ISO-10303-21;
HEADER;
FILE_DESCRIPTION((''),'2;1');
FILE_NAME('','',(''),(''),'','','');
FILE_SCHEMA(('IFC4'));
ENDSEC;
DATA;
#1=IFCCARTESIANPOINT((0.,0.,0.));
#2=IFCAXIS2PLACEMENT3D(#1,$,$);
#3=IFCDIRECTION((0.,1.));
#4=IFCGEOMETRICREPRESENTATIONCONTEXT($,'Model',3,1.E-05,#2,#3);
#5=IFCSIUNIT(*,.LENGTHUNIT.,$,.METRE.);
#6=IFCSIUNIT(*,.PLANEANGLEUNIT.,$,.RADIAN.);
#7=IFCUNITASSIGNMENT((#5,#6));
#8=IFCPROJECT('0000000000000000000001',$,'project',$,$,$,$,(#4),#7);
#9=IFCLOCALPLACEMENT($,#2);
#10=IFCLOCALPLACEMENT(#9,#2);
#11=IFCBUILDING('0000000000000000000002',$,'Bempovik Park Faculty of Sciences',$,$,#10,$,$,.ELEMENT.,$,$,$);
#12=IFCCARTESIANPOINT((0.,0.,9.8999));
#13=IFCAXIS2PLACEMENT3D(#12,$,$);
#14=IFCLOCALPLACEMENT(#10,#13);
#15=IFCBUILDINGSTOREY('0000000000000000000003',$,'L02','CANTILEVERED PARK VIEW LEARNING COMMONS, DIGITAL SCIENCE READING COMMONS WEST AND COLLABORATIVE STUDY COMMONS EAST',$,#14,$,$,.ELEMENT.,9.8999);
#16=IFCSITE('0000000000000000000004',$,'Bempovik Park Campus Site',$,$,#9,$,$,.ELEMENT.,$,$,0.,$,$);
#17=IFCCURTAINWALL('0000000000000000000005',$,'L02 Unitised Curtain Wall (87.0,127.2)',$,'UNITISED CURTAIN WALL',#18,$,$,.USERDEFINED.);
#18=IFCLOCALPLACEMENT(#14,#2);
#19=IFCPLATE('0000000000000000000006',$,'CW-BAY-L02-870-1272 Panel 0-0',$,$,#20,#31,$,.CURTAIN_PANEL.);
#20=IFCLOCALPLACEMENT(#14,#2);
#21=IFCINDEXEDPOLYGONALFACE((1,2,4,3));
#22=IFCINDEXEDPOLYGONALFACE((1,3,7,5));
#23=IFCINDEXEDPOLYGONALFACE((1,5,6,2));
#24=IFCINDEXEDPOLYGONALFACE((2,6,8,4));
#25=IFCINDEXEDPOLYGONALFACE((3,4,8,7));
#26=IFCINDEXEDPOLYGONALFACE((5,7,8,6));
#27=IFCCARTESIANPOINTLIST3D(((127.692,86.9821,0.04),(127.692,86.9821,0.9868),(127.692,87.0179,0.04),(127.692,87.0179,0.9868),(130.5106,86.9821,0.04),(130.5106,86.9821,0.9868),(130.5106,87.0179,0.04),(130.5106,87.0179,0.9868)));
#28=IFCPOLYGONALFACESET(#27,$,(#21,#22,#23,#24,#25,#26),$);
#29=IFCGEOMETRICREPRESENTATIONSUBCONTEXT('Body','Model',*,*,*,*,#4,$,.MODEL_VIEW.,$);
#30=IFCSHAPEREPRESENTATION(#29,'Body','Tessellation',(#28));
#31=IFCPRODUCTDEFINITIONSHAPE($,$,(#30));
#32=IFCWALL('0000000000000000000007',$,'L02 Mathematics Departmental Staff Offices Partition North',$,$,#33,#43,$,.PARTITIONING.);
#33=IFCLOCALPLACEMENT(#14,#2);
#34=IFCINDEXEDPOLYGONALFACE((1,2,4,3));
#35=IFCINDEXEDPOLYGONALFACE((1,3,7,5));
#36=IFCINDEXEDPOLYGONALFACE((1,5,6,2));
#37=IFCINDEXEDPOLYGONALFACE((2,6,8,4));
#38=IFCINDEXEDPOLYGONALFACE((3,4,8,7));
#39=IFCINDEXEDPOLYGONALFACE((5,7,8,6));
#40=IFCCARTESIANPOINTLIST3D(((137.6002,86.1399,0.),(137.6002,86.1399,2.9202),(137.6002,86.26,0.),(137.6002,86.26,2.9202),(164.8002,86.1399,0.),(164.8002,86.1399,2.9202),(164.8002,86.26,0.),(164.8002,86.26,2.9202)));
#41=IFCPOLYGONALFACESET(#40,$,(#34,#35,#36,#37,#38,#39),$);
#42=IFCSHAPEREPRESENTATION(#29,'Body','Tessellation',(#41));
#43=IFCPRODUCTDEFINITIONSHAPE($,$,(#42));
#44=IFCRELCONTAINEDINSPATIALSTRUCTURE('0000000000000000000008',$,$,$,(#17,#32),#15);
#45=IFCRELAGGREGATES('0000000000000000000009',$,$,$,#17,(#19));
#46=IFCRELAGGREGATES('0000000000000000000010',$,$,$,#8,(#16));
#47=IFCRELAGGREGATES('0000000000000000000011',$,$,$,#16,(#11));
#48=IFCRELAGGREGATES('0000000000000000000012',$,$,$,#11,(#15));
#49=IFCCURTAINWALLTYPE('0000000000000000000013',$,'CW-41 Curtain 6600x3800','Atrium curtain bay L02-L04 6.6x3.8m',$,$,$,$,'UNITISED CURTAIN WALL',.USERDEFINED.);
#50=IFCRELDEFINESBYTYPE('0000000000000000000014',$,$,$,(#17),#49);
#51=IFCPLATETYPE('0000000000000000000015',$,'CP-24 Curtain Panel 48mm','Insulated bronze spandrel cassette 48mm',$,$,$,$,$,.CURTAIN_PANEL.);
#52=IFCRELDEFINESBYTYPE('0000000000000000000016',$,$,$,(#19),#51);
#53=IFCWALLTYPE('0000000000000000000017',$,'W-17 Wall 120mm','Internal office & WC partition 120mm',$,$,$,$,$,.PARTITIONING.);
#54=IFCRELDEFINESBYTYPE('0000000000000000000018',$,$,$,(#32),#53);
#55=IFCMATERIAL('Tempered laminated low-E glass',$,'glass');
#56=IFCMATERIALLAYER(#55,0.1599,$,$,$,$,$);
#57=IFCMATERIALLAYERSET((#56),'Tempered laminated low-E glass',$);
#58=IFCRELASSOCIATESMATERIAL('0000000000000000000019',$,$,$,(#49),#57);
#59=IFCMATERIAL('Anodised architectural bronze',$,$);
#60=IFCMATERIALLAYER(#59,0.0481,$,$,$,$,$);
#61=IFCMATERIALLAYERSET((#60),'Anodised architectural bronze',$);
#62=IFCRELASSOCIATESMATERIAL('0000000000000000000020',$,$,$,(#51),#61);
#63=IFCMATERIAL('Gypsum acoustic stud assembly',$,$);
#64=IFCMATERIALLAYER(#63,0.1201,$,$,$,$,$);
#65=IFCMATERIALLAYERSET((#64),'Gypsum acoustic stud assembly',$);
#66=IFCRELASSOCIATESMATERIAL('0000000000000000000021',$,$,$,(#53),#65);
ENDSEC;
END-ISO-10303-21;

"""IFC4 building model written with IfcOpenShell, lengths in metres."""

from ifc_helpers import new_model, si_unit, direction, frame, frame_2d, origin, origin_2d, place, context, subcontext, project, spatial, rectangle, extrude, material, layer, layer_set, type_object, element, aggregate, save


model = new_model("IFC4")

# Units and contexts
model_context = context("Model", 3, precision=1e-05, world=origin(), true_north=direction((0.0, 1.0)))
body_context = subcontext(model_context, "Body", "Model", "MODEL_VIEW")
ifc_project = project(units=[si_unit("LENGTHUNIT", "METRE"), si_unit("PLANEANGLEUNIT", "RADIAN")], contexts=[model_context])

# Site, building, storey
site_placement = place(None, origin())
site = spatial("IfcSite", under=ifc_project, at=site_placement, Name="Bempovik Park Campus Site", CompositionType="ELEMENT", RefElevation=0.0)
building_placement = place(site_placement, origin())
building = spatial("IfcBuilding", under=site, at=building_placement, Name="Bempovik Park Faculty of Sciences", CompositionType="ELEMENT")
storey_placement = place(building_placement, frame((0.0, 0.0, 9.8999)))
storey = spatial("IfcBuildingStorey", under=building, at=storey_placement, Name="L02", Description="CANTILEVERED PARK VIEW LEARNING COMMONS, DIGITAL SCIENCE READING COMMONS WEST AND COLLABORATIVE STUDY COMMONS EAST", CompositionType="ELEMENT", Elevation=9.8999)

# Curtain wall
ifc_material_1 = material(Name="Tempered laminated low-E glass", Category="glass")
ifc_layer_1 = layer(ifc_material_1, 0.1599)
ifc_layer_set_1 = layer_set([ifc_layer_1], Name="Tempered laminated low-E glass")
curtain_wall_type = type_object("IfcCurtainWallType", Name="CW-41 Curtain 6600x3800", Description="Atrium curtain bay L02-L04 6.6x3.8m", ElementType="UNITISED CURTAIN WALL", PredefinedType="USERDEFINED", material=ifc_layer_set_1)
curtain_wall_1_placement = place(storey_placement, origin())
curtain_wall_1 = element("IfcCurtainWall", 1, at=curtain_wall_1_placement, inside=storey, type_object=curtain_wall_type, Name="L02 Unitised Curtain Wall (87.0,127.2)", ObjectType="UNITISED CURTAIN WALL", PredefinedType="USERDEFINED")

# Plate
ifc_material_2 = material(Name="Anodised architectural bronze")
ifc_layer_2 = layer(ifc_material_2, 0.0481)
ifc_layer_set_2 = layer_set([ifc_layer_2], Name="Anodised architectural bronze")
plate_type_1 = type_object("IfcPlateType", Name="CP-24 Curtain Panel 48mm", Description="Insulated bronze spandrel cassette 48mm", PredefinedType="CURTAIN_PANEL", material=ifc_layer_set_2)
plate_1_placement = place(storey_placement, frame((129.1013, 87.0, 0.04), z_axis=(0.0, 0.0, 1.0), x_axis=(1.0, 0.0, 0.0)))
plate_1 = element("IfcPlate", 2, at=plate_1_placement, type_object=plate_type_1, Name="CW-BAY-L02-870-1272 Panel 0-0", PredefinedType="CURTAIN_PANEL", context=body_context, shape_type="SweptSolid", body=[
    extrude(rectangle(XDim=2.8186, YDim=0.0359, at=origin_2d()), origin(), (0.0, 0.0, 1.0), 0.9468),
])
aggregate(curtain_wall_1, [plate_1])

# Wall
ifc_material_3 = material(Name="Gypsum acoustic stud assembly")
ifc_layer_3 = layer(ifc_material_3, 0.1201)
ifc_layer_set_3 = layer_set([ifc_layer_3], Name="Gypsum acoustic stud assembly")
wall_type = type_object("IfcWallType", Name="W-17 Wall 120mm", Description="Internal office & WC partition 120mm", PredefinedType="PARTITIONING", material=ifc_layer_set_3)
wall_placement = place(storey_placement, frame((137.6001, 86.2, 0.0), z_axis=(0.0, 0.0, 1.0), x_axis=(1.0, 0.0, 0.0)))
element("IfcWall", 3, at=wall_placement, inside=storey, type_object=wall_type, Name="L02 Mathematics Departmental Staff Offices Partition North", PredefinedType="PARTITIONING", context=body_context, shape_type="SweptSolid", body=[
    extrude(rectangle(XDim=27.2, YDim=0.1201, at=frame_2d((13.6001, 0.0))), origin(), (0.0, 0.0, 1.0), 2.9202),
])

save(model, "model.ifc")
